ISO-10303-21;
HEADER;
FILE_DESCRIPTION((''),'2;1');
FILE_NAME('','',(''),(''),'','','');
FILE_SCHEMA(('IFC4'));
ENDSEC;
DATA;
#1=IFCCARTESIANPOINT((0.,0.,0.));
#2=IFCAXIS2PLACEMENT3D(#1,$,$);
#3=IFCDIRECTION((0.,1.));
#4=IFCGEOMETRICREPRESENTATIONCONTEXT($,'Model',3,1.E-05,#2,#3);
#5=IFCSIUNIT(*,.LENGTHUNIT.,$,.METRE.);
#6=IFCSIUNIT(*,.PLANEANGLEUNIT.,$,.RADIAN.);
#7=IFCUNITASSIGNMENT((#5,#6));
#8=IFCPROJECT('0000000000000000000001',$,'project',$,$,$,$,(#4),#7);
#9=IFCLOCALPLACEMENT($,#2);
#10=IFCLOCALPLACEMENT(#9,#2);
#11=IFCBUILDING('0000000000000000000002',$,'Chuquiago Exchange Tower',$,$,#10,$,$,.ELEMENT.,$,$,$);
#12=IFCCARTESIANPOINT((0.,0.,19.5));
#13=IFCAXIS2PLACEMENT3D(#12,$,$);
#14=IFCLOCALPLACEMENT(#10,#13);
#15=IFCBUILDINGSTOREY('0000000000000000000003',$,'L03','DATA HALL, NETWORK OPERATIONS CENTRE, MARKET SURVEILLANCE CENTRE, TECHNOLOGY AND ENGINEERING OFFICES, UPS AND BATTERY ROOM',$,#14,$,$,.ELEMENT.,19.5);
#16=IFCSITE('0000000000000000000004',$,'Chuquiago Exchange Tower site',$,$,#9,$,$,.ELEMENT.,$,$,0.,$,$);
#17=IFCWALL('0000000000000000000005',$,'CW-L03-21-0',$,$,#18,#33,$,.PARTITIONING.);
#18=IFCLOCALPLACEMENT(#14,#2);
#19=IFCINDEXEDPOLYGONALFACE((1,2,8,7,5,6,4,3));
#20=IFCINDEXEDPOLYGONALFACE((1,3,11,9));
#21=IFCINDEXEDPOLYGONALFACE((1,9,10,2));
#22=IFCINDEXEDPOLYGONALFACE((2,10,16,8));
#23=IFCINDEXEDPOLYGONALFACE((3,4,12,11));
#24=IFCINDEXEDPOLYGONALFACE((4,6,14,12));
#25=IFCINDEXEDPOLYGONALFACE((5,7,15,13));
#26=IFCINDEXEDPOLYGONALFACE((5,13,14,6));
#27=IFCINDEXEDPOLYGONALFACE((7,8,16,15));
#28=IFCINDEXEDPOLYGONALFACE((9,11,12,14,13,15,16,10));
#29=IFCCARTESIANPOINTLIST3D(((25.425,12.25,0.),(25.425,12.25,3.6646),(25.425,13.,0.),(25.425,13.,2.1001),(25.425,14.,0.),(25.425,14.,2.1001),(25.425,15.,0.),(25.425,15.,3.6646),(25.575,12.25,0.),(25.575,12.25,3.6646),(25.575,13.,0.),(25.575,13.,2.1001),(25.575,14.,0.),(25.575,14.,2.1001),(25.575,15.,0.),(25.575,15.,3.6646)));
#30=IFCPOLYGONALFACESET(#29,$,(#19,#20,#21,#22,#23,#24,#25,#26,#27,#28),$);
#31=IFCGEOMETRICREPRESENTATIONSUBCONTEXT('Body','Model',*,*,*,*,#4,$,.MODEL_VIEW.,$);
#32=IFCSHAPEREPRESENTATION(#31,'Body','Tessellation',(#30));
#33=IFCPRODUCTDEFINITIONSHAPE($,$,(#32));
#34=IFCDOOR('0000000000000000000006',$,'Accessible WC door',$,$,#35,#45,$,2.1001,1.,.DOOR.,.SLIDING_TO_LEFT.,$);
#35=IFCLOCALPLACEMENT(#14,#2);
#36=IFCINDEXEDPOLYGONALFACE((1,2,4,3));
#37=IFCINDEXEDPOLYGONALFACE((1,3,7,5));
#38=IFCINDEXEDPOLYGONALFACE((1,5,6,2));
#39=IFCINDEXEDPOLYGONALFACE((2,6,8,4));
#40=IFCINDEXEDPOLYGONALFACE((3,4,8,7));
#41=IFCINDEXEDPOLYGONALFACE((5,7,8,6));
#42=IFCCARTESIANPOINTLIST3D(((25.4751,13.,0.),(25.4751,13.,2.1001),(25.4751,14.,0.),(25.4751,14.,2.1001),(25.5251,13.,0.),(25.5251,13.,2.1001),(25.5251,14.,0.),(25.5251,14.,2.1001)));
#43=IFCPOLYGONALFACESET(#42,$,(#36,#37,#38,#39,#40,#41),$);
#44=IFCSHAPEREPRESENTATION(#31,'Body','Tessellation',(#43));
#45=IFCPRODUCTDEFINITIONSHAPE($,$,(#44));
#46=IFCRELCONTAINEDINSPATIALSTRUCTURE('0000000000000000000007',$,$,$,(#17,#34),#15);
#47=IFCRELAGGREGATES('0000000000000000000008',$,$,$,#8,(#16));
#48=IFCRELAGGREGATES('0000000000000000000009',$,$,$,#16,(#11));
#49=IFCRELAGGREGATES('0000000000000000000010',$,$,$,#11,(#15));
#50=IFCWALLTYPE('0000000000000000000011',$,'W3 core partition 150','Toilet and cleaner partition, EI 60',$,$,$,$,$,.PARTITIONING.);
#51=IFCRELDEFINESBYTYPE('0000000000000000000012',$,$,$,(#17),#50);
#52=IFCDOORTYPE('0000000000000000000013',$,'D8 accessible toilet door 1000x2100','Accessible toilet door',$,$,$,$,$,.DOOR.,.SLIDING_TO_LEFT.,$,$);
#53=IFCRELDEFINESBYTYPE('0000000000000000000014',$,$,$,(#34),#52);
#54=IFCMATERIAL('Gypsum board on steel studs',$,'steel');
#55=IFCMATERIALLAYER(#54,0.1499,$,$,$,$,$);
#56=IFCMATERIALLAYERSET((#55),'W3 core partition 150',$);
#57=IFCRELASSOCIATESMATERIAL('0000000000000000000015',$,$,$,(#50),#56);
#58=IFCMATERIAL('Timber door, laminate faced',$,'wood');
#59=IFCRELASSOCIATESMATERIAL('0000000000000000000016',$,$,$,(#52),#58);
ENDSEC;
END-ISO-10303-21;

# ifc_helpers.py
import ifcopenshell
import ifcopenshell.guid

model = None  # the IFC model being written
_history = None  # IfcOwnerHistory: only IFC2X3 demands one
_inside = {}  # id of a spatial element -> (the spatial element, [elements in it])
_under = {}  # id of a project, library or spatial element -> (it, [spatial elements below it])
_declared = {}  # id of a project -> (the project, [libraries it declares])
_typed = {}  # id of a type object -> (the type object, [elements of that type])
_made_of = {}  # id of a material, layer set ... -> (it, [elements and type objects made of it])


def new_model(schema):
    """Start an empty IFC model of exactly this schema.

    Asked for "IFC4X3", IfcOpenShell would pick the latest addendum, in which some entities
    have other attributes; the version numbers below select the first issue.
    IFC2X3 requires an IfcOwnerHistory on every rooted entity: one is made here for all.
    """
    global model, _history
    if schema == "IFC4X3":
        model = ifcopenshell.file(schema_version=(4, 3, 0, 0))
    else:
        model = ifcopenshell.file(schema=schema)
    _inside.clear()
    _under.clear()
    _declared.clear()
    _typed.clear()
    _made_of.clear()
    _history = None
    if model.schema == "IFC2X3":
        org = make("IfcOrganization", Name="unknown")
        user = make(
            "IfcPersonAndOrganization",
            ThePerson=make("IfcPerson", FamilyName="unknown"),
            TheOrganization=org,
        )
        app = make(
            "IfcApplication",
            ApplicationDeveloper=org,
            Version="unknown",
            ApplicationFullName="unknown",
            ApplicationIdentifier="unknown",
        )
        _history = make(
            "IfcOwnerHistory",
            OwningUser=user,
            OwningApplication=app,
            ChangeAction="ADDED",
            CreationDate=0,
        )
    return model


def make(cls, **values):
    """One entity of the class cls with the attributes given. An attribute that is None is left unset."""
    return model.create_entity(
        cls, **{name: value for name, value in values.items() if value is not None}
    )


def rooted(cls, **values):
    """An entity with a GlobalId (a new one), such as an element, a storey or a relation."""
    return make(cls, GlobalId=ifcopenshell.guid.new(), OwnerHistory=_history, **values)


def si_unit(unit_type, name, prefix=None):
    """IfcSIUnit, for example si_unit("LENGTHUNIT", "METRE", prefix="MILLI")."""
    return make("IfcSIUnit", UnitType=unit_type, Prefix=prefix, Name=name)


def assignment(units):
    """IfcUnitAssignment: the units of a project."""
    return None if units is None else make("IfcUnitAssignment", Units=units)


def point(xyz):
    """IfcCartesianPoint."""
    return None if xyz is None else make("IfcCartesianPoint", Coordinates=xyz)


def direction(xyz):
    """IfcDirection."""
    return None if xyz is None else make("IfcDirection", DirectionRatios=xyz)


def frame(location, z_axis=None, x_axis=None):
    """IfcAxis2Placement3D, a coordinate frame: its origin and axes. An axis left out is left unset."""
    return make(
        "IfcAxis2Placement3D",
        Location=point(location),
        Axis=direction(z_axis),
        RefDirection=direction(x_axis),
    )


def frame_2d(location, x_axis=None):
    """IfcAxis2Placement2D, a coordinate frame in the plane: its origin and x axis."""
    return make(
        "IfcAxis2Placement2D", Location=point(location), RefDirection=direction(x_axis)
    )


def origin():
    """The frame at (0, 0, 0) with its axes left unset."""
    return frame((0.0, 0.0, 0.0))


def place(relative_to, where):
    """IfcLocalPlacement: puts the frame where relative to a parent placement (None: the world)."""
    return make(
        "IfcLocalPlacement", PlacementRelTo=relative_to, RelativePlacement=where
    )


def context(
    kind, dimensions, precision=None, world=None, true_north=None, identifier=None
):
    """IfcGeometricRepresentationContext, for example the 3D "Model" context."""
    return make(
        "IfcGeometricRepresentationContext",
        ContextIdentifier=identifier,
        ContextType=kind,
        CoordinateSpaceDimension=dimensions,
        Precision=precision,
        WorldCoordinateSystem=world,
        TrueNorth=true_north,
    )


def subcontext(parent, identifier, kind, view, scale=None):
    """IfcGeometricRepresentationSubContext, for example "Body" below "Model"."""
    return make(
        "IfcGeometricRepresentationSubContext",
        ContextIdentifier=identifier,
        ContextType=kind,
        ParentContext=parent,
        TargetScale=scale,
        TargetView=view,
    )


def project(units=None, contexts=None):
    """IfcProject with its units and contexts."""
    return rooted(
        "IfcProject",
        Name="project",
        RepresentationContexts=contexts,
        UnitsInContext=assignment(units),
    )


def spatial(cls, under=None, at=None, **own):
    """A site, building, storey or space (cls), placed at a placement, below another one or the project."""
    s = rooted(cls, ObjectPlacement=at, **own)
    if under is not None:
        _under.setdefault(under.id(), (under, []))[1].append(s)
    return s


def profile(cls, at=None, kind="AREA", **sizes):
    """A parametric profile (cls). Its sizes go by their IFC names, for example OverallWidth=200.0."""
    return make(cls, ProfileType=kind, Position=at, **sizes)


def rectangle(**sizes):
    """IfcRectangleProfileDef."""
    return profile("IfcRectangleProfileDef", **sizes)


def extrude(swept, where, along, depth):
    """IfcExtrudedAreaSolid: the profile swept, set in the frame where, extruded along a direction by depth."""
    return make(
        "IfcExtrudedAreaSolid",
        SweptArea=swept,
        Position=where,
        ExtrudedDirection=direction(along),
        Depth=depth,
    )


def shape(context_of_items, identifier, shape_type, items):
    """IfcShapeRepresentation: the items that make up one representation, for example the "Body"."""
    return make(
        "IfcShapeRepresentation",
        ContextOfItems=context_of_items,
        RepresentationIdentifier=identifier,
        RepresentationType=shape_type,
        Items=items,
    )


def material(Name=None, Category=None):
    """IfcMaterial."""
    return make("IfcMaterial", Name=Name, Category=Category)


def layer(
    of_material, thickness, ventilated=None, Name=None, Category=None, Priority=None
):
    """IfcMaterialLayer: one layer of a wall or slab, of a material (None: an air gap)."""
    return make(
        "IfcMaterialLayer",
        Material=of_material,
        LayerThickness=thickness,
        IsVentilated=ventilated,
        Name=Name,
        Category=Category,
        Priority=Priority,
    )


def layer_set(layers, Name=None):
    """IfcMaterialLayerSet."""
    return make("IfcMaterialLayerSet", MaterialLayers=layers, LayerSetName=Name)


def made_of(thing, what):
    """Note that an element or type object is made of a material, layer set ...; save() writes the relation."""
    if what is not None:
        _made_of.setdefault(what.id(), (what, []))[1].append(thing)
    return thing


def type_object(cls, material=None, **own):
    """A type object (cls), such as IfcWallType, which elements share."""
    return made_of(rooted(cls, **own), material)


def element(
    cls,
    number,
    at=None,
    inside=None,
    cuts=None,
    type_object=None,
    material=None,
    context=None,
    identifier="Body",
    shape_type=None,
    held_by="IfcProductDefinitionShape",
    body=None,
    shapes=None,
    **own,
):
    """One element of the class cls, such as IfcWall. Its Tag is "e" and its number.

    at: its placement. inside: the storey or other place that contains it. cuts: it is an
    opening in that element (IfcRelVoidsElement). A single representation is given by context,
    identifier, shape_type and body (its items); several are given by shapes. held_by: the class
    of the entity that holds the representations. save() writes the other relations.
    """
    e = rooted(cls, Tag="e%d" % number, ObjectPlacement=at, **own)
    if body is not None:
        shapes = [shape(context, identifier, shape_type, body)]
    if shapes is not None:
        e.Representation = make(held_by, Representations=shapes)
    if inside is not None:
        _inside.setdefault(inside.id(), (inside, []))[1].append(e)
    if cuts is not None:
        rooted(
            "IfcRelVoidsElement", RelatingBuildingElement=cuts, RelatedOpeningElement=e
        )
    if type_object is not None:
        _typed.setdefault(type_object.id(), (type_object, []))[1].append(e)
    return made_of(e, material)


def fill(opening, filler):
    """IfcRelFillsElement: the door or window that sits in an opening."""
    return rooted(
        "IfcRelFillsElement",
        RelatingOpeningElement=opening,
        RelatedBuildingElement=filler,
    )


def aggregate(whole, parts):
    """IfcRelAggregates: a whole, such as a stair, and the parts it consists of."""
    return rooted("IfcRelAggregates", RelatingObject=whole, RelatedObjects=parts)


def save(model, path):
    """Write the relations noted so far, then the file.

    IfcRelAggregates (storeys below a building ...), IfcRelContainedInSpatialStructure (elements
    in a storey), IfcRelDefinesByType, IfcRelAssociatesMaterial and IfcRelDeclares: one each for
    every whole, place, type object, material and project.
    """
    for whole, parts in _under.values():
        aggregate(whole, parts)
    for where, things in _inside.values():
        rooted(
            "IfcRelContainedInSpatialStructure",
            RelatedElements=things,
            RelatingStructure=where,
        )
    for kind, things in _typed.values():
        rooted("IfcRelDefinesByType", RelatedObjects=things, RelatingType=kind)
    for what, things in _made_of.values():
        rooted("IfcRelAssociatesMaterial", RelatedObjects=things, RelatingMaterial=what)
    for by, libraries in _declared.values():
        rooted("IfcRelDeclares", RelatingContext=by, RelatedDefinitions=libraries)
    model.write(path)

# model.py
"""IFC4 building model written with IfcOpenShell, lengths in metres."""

from ifc_helpers import new_model, si_unit, direction, frame, frame_2d, origin, place, context, subcontext, project, spatial, rectangle, extrude, material, layer, layer_set, type_object, element, fill, save


model = new_model("IFC4")

# Units and contexts
model_context = context("Model", 3, precision=1e-05, world=origin(), true_north=direction((0.0, 1.0)))
body_context = subcontext(model_context, "Body", "Model", "MODEL_VIEW")
ifc_project = project(units=[si_unit("LENGTHUNIT", "METRE"), si_unit("PLANEANGLEUNIT", "RADIAN")], contexts=[model_context])

# Site, building, storey
site_placement = place(None, origin())
site = spatial("IfcSite", under=ifc_project, at=site_placement, Name="Chuquiago Exchange Tower site", CompositionType="ELEMENT", RefElevation=0.0)
building_placement = place(site_placement, origin())
building = spatial("IfcBuilding", under=site, at=building_placement, Name="Chuquiago Exchange Tower", CompositionType="ELEMENT")
storey_placement = place(building_placement, frame((0.0, 0.0, 19.5)))
storey = spatial("IfcBuildingStorey", under=building, at=storey_placement, Name="L03", Description="DATA HALL, NETWORK OPERATIONS CENTRE, MARKET SURVEILLANCE CENTRE, TECHNOLOGY AND ENGINEERING OFFICES, UPS AND BATTERY ROOM", CompositionType="ELEMENT", Elevation=19.5)

# Wall, opening, door
ifc_material_1 = material(Name="Gypsum board on steel studs", Category="steel")
ifc_layer_1 = layer(ifc_material_1, 0.1499)
ifc_layer_set_1 = layer_set([ifc_layer_1], Name="W3 core partition 150")
wall_type_1 = type_object("IfcWallType", Name="W3 core partition 150", Description="Toilet and cleaner partition, EI 60", PredefinedType="PARTITIONING", material=ifc_layer_set_1)
wall_1_placement = place(storey_placement, frame((25.5, 12.25, 0.0), z_axis=(0.0, 0.0, 1.0), x_axis=(0.0, 1.0, 0.0)))
wall_1 = element("IfcWall", 1, at=wall_1_placement, inside=storey, type_object=wall_type_1, Name="CW-L03-21-0", PredefinedType="PARTITIONING", context=body_context, shape_type="SweptSolid", body=[
    extrude(rectangle(XDim=2.75, YDim=0.1499, at=frame_2d((1.375, 0.0))), origin(), (0.0, 0.0, 1.0), 3.6646),
])
opening_1_placement = place(wall_1_placement, frame((0.75, 0.0, 0.0)))
opening_1 = element("IfcOpeningElement", 2, at=opening_1_placement, cuts=wall_1, PredefinedType="OPENING", context=body_context, shape_type="SweptSolid", body=[
    extrude(rectangle(XDim=1.0, YDim=2.1001, at=frame_2d((0.5, 1.05))), frame((0.0, 0.085, 0.0), z_axis=(0.0, -1.0, 0.0), x_axis=(1.0, 0.0, 0.0)), (0.0, 0.0, 1.0), 0.1699),
])
ifc_material_2 = material(Name="Timber door, laminate faced", Category="wood")
door_type_1 = type_object("IfcDoorType", Name="D8 accessible toilet door 1000x2100", Description="Accessible toilet door", OperationType="SLIDING_TO_LEFT", PredefinedType="DOOR", material=ifc_material_2)
door_1_placement = place(opening_1_placement, origin())
door_1 = element("IfcDoor", 3, at=door_1_placement, inside=storey, type_object=door_type_1, Name="Accessible WC door", OperationType="SLIDING_TO_LEFT", OverallHeight=2.1001, OverallWidth=1.0, PredefinedType="DOOR", context=body_context, shape_type="SweptSolid", body=[
    extrude(rectangle(XDim=1.0, YDim=2.1001, at=frame_2d((0.5, 1.05))), frame((0.0, 0.0249, 0.0), z_axis=(0.0, -1.0, 0.0), x_axis=(1.0, 0.0, 0.0)), (0.0, 0.0, 1.0), 0.05),
])
fill(opening_1, door_1)

save(model, "model.ifc")
